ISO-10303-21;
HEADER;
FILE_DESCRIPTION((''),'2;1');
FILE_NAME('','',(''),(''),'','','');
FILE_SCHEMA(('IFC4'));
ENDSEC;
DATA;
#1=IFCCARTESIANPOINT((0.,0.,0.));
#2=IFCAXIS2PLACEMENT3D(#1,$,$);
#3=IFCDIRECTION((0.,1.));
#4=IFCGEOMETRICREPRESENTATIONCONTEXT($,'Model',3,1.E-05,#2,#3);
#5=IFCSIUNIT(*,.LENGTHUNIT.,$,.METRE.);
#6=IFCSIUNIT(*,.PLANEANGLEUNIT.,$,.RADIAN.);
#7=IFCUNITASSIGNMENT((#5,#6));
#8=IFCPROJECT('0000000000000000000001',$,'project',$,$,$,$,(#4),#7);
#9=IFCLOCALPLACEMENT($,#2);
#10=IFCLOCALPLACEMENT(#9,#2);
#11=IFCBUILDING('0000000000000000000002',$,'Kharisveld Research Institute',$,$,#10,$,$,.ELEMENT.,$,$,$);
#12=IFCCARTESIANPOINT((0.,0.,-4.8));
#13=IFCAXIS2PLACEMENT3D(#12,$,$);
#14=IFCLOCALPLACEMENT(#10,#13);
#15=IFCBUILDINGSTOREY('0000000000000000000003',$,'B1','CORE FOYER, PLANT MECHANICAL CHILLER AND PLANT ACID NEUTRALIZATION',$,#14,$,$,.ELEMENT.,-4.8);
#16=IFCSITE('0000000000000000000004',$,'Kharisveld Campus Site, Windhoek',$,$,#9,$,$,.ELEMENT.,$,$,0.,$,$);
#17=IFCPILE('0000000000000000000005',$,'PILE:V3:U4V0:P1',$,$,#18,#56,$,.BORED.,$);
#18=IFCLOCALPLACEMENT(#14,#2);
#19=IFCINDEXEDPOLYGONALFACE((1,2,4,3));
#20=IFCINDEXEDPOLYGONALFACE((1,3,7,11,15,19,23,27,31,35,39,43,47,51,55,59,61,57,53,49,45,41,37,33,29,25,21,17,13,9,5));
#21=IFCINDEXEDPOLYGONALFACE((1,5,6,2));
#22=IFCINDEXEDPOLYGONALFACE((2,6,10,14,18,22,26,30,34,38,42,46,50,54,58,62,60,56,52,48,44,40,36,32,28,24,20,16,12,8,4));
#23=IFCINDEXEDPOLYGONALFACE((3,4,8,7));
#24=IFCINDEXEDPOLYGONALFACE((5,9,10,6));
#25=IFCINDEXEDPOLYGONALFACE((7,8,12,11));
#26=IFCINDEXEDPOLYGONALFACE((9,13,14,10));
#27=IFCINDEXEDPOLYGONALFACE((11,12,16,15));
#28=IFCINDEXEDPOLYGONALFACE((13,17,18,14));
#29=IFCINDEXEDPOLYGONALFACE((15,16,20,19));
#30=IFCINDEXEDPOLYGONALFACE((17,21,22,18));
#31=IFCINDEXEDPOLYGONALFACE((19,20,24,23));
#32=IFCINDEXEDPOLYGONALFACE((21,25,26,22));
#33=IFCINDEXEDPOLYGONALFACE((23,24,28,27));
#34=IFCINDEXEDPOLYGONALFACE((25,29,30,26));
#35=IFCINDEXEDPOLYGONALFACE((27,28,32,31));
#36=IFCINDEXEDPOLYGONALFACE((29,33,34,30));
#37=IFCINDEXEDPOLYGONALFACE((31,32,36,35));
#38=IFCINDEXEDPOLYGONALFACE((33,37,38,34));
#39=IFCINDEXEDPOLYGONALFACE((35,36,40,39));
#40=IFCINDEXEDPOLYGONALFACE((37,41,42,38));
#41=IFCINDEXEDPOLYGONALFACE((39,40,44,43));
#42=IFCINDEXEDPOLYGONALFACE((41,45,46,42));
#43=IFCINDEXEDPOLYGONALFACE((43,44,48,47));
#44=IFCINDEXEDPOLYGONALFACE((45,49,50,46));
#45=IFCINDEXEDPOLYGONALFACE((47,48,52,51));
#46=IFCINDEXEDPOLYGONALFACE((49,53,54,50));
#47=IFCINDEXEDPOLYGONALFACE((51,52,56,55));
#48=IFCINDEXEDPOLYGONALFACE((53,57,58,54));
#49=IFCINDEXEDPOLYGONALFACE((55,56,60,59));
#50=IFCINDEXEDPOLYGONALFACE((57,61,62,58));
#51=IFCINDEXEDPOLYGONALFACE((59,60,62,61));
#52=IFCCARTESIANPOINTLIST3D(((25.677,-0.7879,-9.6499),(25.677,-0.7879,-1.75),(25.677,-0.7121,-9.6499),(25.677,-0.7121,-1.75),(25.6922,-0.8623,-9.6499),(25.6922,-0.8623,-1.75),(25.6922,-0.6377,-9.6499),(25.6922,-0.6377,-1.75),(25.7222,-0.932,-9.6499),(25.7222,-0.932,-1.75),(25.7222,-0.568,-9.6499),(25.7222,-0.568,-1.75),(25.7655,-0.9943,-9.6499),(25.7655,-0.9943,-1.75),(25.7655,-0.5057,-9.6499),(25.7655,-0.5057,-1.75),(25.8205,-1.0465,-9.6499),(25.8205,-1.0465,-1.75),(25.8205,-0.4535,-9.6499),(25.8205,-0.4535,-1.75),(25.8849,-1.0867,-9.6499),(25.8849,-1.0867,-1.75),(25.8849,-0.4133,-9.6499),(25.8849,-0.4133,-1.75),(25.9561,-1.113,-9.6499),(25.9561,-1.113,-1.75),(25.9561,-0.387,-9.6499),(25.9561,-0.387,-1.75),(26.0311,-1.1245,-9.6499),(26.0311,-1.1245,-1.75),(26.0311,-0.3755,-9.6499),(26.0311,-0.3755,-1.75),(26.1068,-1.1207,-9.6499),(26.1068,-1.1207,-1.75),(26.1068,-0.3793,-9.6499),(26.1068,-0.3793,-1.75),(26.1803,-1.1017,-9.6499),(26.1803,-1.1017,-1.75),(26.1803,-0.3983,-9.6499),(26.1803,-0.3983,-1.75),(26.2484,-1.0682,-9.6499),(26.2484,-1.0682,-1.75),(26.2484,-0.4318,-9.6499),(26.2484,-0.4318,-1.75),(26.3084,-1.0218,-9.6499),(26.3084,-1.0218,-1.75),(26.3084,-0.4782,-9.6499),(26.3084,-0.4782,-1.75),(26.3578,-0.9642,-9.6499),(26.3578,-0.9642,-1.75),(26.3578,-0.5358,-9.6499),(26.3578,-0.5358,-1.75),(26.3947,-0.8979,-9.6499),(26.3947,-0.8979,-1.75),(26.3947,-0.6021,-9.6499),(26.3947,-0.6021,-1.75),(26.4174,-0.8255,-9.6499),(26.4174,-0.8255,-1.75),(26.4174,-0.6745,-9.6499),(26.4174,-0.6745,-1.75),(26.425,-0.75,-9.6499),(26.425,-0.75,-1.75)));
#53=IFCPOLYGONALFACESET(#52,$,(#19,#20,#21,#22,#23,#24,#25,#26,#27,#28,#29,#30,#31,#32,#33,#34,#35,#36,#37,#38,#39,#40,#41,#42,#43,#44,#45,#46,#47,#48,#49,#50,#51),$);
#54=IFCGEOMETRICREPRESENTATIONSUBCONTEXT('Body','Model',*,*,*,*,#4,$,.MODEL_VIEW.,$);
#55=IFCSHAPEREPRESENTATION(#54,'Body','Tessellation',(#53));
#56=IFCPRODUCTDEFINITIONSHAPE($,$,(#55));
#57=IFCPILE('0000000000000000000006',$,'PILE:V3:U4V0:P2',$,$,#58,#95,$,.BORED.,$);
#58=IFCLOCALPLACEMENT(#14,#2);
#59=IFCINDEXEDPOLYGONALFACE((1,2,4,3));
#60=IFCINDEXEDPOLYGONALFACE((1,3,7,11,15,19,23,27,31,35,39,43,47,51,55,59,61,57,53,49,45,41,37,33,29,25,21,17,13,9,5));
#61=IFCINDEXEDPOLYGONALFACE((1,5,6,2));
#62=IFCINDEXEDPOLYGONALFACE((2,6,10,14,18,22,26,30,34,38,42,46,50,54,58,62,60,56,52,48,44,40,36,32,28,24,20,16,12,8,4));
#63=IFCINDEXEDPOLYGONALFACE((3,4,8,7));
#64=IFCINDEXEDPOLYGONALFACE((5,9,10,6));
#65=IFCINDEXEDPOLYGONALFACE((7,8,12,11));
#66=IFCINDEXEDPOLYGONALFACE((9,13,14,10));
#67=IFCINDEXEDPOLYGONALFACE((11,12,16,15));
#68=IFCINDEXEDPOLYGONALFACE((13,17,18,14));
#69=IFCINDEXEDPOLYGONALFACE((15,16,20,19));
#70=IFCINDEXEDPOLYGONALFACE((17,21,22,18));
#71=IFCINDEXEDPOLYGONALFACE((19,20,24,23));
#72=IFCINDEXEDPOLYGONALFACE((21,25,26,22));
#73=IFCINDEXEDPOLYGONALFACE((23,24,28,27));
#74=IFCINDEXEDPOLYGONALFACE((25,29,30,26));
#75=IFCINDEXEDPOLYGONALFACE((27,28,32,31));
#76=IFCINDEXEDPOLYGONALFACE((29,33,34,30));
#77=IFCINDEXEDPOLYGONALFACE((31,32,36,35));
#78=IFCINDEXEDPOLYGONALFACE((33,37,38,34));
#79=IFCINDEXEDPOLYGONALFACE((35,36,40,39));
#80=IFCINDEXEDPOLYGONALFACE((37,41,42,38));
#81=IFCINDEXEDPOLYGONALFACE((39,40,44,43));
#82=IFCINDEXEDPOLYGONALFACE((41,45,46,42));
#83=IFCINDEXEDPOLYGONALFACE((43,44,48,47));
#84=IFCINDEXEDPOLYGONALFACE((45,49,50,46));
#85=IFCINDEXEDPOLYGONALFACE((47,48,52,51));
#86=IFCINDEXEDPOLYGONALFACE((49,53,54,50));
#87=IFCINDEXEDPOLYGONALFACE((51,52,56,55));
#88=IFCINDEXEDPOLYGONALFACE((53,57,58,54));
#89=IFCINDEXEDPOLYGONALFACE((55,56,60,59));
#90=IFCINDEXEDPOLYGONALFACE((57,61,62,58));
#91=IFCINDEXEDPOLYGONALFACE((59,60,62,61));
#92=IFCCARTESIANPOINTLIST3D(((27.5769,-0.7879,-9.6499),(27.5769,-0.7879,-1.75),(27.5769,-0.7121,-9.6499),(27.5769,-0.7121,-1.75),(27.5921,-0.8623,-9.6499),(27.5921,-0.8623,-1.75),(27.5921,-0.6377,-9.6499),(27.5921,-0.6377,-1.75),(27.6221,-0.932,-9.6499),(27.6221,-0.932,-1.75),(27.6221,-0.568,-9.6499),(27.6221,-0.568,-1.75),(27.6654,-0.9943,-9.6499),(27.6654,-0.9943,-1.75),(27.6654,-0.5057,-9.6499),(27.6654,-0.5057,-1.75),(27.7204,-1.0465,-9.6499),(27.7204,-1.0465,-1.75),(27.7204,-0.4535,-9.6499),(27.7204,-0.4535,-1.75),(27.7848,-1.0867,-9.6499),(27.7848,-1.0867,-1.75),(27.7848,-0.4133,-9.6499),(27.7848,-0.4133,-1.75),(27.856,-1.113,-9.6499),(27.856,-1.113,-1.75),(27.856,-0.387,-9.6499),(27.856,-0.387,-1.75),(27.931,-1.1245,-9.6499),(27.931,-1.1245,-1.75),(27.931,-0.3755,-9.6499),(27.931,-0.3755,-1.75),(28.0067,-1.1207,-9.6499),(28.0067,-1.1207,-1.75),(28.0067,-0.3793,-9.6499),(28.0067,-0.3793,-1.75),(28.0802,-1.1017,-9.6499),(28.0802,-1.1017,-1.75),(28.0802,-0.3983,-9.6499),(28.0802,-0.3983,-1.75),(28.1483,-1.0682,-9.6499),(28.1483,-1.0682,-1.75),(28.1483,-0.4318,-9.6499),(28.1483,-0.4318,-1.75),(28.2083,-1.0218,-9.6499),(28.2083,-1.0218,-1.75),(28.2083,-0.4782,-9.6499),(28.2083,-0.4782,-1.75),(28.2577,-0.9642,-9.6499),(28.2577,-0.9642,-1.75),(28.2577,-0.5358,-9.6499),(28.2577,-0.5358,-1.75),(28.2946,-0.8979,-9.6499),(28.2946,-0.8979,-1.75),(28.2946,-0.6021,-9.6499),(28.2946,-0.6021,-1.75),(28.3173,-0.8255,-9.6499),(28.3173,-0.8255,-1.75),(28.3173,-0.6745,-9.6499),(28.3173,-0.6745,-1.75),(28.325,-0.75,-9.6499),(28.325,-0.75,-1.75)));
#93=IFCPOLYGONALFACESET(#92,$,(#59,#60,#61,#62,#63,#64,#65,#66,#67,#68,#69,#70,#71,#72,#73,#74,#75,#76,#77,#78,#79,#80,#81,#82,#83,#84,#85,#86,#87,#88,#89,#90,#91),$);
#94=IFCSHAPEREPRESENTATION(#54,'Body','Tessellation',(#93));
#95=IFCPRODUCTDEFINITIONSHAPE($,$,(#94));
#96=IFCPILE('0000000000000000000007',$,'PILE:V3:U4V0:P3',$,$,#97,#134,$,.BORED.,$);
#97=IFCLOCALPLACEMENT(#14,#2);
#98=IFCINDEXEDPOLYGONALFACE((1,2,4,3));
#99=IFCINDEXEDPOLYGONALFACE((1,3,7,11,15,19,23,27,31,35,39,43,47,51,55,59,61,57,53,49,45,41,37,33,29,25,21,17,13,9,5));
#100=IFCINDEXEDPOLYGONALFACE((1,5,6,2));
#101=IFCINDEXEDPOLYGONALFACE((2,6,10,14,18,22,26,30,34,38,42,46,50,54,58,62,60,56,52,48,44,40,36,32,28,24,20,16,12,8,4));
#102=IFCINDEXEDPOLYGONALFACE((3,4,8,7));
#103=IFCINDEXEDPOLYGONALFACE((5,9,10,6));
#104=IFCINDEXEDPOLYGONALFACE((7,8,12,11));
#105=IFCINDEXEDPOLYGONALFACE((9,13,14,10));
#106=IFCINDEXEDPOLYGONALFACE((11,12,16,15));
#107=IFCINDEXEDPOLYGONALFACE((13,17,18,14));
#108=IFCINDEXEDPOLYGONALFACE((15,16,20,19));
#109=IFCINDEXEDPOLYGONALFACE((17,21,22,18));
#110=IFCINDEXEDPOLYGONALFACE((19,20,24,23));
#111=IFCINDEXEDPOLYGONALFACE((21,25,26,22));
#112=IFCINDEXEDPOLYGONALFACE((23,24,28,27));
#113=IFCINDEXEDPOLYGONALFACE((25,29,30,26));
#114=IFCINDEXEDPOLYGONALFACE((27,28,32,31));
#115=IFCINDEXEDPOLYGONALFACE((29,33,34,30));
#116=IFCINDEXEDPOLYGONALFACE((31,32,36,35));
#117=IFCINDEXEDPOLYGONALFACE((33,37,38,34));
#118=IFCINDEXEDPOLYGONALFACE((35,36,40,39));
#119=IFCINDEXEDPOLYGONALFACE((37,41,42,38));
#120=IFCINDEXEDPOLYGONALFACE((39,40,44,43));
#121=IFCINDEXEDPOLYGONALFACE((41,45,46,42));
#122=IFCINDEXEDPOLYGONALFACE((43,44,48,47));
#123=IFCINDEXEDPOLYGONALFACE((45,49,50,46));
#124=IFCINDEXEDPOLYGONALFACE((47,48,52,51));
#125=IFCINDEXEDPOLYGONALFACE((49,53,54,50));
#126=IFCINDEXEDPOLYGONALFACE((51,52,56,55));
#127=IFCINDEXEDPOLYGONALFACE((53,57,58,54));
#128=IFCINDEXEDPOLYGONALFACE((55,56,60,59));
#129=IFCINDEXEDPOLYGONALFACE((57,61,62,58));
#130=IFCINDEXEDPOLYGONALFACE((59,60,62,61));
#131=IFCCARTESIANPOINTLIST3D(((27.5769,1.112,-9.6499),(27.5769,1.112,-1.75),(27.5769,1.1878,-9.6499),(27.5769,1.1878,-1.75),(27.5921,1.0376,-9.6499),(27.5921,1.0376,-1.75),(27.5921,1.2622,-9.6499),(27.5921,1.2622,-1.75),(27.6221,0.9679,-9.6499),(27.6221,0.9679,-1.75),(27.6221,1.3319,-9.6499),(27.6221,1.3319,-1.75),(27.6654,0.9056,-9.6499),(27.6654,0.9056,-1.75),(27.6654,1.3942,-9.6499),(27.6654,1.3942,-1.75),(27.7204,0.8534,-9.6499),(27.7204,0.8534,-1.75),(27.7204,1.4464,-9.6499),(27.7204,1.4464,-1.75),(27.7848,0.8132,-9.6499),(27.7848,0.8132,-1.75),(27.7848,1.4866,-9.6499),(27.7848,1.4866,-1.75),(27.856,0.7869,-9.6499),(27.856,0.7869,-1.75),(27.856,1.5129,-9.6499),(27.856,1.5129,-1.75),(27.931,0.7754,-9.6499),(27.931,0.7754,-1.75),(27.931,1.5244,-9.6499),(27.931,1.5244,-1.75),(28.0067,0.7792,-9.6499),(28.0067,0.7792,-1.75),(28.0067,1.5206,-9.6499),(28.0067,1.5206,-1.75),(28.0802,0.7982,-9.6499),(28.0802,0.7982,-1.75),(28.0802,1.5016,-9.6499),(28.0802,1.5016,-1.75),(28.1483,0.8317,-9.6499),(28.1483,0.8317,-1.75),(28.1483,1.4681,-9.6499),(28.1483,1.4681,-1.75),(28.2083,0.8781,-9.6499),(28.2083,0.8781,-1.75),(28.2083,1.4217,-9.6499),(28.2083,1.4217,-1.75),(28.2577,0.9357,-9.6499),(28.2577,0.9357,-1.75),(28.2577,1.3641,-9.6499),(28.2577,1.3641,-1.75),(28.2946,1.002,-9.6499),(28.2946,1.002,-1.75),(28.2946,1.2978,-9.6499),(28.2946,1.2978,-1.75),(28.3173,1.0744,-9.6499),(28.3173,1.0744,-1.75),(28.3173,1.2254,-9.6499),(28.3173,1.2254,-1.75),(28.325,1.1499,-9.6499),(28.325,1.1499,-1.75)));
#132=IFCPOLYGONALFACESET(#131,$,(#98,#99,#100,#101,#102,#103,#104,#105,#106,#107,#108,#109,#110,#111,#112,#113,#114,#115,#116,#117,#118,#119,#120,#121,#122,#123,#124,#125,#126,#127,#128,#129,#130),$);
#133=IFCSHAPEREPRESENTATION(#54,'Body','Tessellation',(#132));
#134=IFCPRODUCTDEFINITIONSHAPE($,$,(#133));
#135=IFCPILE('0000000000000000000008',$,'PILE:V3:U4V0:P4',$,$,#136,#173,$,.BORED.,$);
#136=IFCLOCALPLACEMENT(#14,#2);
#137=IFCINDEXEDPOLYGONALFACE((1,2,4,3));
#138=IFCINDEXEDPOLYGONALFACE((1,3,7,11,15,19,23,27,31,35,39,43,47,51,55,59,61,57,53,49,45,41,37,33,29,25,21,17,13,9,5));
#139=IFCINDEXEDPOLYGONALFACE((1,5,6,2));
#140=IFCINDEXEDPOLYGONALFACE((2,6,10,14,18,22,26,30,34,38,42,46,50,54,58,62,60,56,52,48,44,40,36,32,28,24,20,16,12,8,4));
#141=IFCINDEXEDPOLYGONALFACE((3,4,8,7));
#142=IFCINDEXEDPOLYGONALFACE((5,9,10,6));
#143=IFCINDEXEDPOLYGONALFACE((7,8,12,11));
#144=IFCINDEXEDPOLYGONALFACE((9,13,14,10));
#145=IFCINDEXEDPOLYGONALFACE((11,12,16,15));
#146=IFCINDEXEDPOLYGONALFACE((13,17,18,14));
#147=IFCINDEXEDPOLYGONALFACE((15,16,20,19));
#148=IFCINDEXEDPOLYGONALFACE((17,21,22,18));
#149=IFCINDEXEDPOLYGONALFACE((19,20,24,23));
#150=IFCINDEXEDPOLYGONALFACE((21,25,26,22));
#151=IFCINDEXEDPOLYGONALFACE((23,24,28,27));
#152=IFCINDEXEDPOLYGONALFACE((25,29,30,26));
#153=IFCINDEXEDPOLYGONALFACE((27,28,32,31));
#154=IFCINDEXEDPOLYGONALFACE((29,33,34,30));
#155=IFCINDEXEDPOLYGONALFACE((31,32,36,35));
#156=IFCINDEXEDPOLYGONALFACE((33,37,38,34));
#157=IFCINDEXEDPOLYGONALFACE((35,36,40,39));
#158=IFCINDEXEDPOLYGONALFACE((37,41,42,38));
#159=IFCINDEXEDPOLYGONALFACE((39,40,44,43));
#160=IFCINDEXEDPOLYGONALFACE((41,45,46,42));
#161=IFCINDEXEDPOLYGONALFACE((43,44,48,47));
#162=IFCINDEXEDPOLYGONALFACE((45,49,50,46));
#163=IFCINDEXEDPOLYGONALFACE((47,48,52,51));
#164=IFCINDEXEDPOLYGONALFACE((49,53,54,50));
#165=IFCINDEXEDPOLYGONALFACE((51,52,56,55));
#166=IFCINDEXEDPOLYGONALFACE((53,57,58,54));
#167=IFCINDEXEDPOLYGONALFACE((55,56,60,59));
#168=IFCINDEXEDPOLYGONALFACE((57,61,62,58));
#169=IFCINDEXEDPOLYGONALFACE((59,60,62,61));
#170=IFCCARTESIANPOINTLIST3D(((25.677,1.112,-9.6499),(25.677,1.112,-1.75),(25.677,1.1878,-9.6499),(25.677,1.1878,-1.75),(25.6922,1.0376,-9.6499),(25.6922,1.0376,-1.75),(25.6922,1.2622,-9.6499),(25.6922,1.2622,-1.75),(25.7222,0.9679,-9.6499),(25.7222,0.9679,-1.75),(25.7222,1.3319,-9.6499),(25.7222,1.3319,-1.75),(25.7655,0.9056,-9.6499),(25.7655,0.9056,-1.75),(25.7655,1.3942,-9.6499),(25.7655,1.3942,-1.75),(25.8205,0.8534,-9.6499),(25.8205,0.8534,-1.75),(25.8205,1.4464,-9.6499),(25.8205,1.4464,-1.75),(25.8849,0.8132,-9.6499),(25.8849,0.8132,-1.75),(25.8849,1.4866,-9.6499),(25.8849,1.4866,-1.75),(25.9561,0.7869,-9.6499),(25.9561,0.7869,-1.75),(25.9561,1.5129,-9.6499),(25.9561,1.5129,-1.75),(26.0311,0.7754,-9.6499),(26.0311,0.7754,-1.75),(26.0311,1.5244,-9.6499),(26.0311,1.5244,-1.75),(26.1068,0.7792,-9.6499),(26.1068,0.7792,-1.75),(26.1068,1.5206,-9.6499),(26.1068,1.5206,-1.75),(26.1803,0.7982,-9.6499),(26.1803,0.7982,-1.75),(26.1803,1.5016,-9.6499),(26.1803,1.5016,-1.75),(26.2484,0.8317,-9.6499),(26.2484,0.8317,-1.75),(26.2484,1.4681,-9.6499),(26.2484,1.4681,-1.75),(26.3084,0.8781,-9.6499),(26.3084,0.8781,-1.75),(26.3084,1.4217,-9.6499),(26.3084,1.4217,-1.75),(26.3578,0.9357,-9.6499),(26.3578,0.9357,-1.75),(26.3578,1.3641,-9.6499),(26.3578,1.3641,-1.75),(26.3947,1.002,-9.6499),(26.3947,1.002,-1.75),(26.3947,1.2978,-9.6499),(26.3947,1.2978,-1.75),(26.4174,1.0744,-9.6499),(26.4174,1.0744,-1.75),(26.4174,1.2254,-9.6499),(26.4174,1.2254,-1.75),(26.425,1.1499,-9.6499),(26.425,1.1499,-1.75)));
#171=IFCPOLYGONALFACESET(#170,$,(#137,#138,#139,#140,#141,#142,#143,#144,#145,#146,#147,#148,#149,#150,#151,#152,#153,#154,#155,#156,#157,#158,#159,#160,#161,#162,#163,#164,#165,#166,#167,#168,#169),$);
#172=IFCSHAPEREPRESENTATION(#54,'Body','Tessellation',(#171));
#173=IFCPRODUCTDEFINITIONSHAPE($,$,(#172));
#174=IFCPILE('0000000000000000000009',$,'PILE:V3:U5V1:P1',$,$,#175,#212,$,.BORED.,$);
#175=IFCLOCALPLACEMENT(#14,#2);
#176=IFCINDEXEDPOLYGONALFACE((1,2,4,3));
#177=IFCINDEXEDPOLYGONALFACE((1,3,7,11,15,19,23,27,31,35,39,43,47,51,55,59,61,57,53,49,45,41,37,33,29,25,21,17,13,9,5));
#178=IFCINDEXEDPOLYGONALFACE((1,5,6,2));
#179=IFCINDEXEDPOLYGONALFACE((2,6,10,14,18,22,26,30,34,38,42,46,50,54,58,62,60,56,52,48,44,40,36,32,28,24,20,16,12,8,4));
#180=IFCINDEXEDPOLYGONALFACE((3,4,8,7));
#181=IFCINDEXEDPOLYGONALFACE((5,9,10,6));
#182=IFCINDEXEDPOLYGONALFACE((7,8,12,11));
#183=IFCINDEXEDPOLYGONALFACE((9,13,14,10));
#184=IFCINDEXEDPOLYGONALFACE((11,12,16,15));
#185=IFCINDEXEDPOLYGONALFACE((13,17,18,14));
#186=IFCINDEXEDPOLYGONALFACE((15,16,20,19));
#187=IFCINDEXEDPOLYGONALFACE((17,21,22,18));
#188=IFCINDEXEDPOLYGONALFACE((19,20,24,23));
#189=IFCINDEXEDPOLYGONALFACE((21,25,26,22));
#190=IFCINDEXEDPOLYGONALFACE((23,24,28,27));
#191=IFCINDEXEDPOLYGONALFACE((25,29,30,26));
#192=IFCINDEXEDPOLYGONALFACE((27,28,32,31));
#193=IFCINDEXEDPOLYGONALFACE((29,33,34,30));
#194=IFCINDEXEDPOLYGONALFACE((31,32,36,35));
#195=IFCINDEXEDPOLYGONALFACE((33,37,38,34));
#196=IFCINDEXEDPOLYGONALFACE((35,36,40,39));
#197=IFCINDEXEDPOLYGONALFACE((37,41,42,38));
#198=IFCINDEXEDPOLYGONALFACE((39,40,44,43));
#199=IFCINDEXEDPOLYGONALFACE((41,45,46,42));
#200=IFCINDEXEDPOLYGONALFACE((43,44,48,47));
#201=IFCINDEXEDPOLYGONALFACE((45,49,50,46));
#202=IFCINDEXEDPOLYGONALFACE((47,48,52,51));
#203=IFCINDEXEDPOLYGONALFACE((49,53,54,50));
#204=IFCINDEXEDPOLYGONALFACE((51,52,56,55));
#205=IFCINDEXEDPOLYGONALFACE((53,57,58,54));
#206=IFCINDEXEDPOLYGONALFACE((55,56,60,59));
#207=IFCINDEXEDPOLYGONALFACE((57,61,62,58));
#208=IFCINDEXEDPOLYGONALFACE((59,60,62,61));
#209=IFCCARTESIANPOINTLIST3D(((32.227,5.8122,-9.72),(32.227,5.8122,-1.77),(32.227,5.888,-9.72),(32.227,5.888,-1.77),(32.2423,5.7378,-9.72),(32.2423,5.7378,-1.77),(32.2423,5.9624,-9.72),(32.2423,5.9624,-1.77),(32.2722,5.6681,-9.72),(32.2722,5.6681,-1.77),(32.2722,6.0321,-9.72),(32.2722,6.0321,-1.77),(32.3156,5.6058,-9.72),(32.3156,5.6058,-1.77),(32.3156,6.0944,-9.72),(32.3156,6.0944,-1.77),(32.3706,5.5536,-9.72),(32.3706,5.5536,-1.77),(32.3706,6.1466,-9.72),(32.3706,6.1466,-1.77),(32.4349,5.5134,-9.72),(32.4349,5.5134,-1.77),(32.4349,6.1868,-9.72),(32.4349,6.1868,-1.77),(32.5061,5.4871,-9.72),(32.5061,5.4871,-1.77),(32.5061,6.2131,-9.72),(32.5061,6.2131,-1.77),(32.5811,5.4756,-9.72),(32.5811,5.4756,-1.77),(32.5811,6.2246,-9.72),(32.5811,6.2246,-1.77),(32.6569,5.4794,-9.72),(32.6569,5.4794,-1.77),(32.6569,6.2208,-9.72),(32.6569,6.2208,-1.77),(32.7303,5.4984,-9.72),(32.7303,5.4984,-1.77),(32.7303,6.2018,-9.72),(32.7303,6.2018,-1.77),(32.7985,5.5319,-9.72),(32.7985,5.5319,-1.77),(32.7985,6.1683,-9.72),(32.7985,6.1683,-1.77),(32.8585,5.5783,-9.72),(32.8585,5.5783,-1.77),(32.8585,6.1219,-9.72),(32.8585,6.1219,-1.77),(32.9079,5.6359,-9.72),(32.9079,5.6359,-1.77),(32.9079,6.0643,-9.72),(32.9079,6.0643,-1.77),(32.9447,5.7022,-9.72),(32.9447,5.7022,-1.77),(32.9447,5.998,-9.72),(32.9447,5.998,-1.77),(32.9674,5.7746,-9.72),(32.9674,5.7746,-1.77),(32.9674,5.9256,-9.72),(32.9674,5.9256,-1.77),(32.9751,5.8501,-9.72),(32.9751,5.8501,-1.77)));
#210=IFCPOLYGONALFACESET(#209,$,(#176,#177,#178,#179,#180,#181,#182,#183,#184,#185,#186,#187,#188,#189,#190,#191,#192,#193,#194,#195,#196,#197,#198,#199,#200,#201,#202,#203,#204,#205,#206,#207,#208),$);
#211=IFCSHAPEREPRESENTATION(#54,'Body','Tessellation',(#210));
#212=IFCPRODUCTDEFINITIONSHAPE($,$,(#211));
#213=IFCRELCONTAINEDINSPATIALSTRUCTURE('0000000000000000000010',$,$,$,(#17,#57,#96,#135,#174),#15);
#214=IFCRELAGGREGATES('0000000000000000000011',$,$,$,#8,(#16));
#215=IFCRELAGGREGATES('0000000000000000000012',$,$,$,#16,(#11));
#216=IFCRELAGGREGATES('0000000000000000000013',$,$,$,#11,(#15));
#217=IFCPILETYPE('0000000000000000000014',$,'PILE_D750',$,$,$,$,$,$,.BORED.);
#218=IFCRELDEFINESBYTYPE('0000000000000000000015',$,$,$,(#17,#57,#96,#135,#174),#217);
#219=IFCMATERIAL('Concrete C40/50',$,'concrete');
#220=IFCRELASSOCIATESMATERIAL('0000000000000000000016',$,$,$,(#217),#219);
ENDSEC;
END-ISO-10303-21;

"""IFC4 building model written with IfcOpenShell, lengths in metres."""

from ifc_helpers import new_model, si_unit, direction, frame, origin, origin_2d, place, context, subcontext, project, spatial, circle, extrude, material, material_profile, profile_set, type_object, element, save


model = new_model("IFC4")

# Units and contexts
model_context = context("Model", 3, precision=1e-05, world=origin(), true_north=direction((0.0, 1.0)))
body_context = subcontext(model_context, "Body", "Model", "MODEL_VIEW")
ifc_project = project(units=[si_unit("LENGTHUNIT", "METRE"), si_unit("PLANEANGLEUNIT", "RADIAN")], contexts=[model_context])

# Site, building, storey
site_placement = place(None, origin())
site = spatial("IfcSite", under=ifc_project, at=site_placement, Name="Kharisveld Campus Site, Windhoek", CompositionType="ELEMENT", RefElevation=0.0)
building_placement = place(site_placement, origin())
building = spatial("IfcBuilding", under=site, at=building_placement, Name="Kharisveld Research Institute", CompositionType="ELEMENT")
storey_placement = place(building_placement, frame((0.0, 0.0, -4.8)))
storey = spatial("IfcBuildingStorey", under=building, at=storey_placement, Name="B1", Description="CORE FOYER, PLANT MECHANICAL CHILLER AND PLANT ACID NEUTRALIZATION", CompositionType="ELEMENT", Elevation=-4.8)

# Piles
ifc_material_1 = material(Name="Concrete C40/50", Category="concrete")
ifc_material_profile_1 = material_profile(ifc_material_1, circle(Radius=0.375, at=origin_2d()))
ifc_profile_set_1 = profile_set([ifc_material_profile_1], Name="Concrete C40/50")
pile_type_1 = type_object("IfcPileType", Name="PILE_D750", PredefinedType="BORED", material=ifc_profile_set_1)
for number, where, z_axis, x_axis, name in (
    (1, (26.05, -0.75, -1.75), (0.0, 0.0, -1.0), (1.0, 0.0, 0.0), "PILE:V3:U4V0:P1"),
    (2, (27.95, -0.75, -1.75), (0.0, 0.0, -1.0), (1.0, 0.0, 0.0), "PILE:V3:U4V0:P2"),
    (3, (27.95, 1.1499, -1.75), (0.0, 0.0, -1.0), (1.0, 0.0, 0.0), "PILE:V3:U4V0:P3"),
    (4, (26.05, 1.1499, -1.75), (0.0, 0.0, -1.0), (1.0, 0.0, 0.0), "PILE:V3:U4V0:P4"),
):
    element("IfcPile", number, at=place(storey_placement, frame(where, z_axis=z_axis, x_axis=x_axis)), inside=storey, type_object=pile_type_1, Name=name, PredefinedType="BORED", context=body_context, shape_type="SweptSolid", body=[
        extrude(circle(Radius=0.375, at=origin_2d()), origin(), (0.0, 0.0, 1.0), 7.8999),
    ])
pile_placement = place(storey_placement, frame((32.6001, 5.8501, -1.77), z_axis=(0.0, 0.0, -1.0), x_axis=(1.0, 0.0, 0.0)))
element("IfcPile", 5, at=pile_placement, inside=storey, type_object=pile_type_1, Name="PILE:V3:U5V1:P1", PredefinedType="BORED", context=body_context, shape_type="SweptSolid", body=[
    extrude(circle(Radius=0.375, at=origin_2d()), origin(), (0.0, 0.0, 1.0), 7.95),
])

save(model, "model.ifc")
